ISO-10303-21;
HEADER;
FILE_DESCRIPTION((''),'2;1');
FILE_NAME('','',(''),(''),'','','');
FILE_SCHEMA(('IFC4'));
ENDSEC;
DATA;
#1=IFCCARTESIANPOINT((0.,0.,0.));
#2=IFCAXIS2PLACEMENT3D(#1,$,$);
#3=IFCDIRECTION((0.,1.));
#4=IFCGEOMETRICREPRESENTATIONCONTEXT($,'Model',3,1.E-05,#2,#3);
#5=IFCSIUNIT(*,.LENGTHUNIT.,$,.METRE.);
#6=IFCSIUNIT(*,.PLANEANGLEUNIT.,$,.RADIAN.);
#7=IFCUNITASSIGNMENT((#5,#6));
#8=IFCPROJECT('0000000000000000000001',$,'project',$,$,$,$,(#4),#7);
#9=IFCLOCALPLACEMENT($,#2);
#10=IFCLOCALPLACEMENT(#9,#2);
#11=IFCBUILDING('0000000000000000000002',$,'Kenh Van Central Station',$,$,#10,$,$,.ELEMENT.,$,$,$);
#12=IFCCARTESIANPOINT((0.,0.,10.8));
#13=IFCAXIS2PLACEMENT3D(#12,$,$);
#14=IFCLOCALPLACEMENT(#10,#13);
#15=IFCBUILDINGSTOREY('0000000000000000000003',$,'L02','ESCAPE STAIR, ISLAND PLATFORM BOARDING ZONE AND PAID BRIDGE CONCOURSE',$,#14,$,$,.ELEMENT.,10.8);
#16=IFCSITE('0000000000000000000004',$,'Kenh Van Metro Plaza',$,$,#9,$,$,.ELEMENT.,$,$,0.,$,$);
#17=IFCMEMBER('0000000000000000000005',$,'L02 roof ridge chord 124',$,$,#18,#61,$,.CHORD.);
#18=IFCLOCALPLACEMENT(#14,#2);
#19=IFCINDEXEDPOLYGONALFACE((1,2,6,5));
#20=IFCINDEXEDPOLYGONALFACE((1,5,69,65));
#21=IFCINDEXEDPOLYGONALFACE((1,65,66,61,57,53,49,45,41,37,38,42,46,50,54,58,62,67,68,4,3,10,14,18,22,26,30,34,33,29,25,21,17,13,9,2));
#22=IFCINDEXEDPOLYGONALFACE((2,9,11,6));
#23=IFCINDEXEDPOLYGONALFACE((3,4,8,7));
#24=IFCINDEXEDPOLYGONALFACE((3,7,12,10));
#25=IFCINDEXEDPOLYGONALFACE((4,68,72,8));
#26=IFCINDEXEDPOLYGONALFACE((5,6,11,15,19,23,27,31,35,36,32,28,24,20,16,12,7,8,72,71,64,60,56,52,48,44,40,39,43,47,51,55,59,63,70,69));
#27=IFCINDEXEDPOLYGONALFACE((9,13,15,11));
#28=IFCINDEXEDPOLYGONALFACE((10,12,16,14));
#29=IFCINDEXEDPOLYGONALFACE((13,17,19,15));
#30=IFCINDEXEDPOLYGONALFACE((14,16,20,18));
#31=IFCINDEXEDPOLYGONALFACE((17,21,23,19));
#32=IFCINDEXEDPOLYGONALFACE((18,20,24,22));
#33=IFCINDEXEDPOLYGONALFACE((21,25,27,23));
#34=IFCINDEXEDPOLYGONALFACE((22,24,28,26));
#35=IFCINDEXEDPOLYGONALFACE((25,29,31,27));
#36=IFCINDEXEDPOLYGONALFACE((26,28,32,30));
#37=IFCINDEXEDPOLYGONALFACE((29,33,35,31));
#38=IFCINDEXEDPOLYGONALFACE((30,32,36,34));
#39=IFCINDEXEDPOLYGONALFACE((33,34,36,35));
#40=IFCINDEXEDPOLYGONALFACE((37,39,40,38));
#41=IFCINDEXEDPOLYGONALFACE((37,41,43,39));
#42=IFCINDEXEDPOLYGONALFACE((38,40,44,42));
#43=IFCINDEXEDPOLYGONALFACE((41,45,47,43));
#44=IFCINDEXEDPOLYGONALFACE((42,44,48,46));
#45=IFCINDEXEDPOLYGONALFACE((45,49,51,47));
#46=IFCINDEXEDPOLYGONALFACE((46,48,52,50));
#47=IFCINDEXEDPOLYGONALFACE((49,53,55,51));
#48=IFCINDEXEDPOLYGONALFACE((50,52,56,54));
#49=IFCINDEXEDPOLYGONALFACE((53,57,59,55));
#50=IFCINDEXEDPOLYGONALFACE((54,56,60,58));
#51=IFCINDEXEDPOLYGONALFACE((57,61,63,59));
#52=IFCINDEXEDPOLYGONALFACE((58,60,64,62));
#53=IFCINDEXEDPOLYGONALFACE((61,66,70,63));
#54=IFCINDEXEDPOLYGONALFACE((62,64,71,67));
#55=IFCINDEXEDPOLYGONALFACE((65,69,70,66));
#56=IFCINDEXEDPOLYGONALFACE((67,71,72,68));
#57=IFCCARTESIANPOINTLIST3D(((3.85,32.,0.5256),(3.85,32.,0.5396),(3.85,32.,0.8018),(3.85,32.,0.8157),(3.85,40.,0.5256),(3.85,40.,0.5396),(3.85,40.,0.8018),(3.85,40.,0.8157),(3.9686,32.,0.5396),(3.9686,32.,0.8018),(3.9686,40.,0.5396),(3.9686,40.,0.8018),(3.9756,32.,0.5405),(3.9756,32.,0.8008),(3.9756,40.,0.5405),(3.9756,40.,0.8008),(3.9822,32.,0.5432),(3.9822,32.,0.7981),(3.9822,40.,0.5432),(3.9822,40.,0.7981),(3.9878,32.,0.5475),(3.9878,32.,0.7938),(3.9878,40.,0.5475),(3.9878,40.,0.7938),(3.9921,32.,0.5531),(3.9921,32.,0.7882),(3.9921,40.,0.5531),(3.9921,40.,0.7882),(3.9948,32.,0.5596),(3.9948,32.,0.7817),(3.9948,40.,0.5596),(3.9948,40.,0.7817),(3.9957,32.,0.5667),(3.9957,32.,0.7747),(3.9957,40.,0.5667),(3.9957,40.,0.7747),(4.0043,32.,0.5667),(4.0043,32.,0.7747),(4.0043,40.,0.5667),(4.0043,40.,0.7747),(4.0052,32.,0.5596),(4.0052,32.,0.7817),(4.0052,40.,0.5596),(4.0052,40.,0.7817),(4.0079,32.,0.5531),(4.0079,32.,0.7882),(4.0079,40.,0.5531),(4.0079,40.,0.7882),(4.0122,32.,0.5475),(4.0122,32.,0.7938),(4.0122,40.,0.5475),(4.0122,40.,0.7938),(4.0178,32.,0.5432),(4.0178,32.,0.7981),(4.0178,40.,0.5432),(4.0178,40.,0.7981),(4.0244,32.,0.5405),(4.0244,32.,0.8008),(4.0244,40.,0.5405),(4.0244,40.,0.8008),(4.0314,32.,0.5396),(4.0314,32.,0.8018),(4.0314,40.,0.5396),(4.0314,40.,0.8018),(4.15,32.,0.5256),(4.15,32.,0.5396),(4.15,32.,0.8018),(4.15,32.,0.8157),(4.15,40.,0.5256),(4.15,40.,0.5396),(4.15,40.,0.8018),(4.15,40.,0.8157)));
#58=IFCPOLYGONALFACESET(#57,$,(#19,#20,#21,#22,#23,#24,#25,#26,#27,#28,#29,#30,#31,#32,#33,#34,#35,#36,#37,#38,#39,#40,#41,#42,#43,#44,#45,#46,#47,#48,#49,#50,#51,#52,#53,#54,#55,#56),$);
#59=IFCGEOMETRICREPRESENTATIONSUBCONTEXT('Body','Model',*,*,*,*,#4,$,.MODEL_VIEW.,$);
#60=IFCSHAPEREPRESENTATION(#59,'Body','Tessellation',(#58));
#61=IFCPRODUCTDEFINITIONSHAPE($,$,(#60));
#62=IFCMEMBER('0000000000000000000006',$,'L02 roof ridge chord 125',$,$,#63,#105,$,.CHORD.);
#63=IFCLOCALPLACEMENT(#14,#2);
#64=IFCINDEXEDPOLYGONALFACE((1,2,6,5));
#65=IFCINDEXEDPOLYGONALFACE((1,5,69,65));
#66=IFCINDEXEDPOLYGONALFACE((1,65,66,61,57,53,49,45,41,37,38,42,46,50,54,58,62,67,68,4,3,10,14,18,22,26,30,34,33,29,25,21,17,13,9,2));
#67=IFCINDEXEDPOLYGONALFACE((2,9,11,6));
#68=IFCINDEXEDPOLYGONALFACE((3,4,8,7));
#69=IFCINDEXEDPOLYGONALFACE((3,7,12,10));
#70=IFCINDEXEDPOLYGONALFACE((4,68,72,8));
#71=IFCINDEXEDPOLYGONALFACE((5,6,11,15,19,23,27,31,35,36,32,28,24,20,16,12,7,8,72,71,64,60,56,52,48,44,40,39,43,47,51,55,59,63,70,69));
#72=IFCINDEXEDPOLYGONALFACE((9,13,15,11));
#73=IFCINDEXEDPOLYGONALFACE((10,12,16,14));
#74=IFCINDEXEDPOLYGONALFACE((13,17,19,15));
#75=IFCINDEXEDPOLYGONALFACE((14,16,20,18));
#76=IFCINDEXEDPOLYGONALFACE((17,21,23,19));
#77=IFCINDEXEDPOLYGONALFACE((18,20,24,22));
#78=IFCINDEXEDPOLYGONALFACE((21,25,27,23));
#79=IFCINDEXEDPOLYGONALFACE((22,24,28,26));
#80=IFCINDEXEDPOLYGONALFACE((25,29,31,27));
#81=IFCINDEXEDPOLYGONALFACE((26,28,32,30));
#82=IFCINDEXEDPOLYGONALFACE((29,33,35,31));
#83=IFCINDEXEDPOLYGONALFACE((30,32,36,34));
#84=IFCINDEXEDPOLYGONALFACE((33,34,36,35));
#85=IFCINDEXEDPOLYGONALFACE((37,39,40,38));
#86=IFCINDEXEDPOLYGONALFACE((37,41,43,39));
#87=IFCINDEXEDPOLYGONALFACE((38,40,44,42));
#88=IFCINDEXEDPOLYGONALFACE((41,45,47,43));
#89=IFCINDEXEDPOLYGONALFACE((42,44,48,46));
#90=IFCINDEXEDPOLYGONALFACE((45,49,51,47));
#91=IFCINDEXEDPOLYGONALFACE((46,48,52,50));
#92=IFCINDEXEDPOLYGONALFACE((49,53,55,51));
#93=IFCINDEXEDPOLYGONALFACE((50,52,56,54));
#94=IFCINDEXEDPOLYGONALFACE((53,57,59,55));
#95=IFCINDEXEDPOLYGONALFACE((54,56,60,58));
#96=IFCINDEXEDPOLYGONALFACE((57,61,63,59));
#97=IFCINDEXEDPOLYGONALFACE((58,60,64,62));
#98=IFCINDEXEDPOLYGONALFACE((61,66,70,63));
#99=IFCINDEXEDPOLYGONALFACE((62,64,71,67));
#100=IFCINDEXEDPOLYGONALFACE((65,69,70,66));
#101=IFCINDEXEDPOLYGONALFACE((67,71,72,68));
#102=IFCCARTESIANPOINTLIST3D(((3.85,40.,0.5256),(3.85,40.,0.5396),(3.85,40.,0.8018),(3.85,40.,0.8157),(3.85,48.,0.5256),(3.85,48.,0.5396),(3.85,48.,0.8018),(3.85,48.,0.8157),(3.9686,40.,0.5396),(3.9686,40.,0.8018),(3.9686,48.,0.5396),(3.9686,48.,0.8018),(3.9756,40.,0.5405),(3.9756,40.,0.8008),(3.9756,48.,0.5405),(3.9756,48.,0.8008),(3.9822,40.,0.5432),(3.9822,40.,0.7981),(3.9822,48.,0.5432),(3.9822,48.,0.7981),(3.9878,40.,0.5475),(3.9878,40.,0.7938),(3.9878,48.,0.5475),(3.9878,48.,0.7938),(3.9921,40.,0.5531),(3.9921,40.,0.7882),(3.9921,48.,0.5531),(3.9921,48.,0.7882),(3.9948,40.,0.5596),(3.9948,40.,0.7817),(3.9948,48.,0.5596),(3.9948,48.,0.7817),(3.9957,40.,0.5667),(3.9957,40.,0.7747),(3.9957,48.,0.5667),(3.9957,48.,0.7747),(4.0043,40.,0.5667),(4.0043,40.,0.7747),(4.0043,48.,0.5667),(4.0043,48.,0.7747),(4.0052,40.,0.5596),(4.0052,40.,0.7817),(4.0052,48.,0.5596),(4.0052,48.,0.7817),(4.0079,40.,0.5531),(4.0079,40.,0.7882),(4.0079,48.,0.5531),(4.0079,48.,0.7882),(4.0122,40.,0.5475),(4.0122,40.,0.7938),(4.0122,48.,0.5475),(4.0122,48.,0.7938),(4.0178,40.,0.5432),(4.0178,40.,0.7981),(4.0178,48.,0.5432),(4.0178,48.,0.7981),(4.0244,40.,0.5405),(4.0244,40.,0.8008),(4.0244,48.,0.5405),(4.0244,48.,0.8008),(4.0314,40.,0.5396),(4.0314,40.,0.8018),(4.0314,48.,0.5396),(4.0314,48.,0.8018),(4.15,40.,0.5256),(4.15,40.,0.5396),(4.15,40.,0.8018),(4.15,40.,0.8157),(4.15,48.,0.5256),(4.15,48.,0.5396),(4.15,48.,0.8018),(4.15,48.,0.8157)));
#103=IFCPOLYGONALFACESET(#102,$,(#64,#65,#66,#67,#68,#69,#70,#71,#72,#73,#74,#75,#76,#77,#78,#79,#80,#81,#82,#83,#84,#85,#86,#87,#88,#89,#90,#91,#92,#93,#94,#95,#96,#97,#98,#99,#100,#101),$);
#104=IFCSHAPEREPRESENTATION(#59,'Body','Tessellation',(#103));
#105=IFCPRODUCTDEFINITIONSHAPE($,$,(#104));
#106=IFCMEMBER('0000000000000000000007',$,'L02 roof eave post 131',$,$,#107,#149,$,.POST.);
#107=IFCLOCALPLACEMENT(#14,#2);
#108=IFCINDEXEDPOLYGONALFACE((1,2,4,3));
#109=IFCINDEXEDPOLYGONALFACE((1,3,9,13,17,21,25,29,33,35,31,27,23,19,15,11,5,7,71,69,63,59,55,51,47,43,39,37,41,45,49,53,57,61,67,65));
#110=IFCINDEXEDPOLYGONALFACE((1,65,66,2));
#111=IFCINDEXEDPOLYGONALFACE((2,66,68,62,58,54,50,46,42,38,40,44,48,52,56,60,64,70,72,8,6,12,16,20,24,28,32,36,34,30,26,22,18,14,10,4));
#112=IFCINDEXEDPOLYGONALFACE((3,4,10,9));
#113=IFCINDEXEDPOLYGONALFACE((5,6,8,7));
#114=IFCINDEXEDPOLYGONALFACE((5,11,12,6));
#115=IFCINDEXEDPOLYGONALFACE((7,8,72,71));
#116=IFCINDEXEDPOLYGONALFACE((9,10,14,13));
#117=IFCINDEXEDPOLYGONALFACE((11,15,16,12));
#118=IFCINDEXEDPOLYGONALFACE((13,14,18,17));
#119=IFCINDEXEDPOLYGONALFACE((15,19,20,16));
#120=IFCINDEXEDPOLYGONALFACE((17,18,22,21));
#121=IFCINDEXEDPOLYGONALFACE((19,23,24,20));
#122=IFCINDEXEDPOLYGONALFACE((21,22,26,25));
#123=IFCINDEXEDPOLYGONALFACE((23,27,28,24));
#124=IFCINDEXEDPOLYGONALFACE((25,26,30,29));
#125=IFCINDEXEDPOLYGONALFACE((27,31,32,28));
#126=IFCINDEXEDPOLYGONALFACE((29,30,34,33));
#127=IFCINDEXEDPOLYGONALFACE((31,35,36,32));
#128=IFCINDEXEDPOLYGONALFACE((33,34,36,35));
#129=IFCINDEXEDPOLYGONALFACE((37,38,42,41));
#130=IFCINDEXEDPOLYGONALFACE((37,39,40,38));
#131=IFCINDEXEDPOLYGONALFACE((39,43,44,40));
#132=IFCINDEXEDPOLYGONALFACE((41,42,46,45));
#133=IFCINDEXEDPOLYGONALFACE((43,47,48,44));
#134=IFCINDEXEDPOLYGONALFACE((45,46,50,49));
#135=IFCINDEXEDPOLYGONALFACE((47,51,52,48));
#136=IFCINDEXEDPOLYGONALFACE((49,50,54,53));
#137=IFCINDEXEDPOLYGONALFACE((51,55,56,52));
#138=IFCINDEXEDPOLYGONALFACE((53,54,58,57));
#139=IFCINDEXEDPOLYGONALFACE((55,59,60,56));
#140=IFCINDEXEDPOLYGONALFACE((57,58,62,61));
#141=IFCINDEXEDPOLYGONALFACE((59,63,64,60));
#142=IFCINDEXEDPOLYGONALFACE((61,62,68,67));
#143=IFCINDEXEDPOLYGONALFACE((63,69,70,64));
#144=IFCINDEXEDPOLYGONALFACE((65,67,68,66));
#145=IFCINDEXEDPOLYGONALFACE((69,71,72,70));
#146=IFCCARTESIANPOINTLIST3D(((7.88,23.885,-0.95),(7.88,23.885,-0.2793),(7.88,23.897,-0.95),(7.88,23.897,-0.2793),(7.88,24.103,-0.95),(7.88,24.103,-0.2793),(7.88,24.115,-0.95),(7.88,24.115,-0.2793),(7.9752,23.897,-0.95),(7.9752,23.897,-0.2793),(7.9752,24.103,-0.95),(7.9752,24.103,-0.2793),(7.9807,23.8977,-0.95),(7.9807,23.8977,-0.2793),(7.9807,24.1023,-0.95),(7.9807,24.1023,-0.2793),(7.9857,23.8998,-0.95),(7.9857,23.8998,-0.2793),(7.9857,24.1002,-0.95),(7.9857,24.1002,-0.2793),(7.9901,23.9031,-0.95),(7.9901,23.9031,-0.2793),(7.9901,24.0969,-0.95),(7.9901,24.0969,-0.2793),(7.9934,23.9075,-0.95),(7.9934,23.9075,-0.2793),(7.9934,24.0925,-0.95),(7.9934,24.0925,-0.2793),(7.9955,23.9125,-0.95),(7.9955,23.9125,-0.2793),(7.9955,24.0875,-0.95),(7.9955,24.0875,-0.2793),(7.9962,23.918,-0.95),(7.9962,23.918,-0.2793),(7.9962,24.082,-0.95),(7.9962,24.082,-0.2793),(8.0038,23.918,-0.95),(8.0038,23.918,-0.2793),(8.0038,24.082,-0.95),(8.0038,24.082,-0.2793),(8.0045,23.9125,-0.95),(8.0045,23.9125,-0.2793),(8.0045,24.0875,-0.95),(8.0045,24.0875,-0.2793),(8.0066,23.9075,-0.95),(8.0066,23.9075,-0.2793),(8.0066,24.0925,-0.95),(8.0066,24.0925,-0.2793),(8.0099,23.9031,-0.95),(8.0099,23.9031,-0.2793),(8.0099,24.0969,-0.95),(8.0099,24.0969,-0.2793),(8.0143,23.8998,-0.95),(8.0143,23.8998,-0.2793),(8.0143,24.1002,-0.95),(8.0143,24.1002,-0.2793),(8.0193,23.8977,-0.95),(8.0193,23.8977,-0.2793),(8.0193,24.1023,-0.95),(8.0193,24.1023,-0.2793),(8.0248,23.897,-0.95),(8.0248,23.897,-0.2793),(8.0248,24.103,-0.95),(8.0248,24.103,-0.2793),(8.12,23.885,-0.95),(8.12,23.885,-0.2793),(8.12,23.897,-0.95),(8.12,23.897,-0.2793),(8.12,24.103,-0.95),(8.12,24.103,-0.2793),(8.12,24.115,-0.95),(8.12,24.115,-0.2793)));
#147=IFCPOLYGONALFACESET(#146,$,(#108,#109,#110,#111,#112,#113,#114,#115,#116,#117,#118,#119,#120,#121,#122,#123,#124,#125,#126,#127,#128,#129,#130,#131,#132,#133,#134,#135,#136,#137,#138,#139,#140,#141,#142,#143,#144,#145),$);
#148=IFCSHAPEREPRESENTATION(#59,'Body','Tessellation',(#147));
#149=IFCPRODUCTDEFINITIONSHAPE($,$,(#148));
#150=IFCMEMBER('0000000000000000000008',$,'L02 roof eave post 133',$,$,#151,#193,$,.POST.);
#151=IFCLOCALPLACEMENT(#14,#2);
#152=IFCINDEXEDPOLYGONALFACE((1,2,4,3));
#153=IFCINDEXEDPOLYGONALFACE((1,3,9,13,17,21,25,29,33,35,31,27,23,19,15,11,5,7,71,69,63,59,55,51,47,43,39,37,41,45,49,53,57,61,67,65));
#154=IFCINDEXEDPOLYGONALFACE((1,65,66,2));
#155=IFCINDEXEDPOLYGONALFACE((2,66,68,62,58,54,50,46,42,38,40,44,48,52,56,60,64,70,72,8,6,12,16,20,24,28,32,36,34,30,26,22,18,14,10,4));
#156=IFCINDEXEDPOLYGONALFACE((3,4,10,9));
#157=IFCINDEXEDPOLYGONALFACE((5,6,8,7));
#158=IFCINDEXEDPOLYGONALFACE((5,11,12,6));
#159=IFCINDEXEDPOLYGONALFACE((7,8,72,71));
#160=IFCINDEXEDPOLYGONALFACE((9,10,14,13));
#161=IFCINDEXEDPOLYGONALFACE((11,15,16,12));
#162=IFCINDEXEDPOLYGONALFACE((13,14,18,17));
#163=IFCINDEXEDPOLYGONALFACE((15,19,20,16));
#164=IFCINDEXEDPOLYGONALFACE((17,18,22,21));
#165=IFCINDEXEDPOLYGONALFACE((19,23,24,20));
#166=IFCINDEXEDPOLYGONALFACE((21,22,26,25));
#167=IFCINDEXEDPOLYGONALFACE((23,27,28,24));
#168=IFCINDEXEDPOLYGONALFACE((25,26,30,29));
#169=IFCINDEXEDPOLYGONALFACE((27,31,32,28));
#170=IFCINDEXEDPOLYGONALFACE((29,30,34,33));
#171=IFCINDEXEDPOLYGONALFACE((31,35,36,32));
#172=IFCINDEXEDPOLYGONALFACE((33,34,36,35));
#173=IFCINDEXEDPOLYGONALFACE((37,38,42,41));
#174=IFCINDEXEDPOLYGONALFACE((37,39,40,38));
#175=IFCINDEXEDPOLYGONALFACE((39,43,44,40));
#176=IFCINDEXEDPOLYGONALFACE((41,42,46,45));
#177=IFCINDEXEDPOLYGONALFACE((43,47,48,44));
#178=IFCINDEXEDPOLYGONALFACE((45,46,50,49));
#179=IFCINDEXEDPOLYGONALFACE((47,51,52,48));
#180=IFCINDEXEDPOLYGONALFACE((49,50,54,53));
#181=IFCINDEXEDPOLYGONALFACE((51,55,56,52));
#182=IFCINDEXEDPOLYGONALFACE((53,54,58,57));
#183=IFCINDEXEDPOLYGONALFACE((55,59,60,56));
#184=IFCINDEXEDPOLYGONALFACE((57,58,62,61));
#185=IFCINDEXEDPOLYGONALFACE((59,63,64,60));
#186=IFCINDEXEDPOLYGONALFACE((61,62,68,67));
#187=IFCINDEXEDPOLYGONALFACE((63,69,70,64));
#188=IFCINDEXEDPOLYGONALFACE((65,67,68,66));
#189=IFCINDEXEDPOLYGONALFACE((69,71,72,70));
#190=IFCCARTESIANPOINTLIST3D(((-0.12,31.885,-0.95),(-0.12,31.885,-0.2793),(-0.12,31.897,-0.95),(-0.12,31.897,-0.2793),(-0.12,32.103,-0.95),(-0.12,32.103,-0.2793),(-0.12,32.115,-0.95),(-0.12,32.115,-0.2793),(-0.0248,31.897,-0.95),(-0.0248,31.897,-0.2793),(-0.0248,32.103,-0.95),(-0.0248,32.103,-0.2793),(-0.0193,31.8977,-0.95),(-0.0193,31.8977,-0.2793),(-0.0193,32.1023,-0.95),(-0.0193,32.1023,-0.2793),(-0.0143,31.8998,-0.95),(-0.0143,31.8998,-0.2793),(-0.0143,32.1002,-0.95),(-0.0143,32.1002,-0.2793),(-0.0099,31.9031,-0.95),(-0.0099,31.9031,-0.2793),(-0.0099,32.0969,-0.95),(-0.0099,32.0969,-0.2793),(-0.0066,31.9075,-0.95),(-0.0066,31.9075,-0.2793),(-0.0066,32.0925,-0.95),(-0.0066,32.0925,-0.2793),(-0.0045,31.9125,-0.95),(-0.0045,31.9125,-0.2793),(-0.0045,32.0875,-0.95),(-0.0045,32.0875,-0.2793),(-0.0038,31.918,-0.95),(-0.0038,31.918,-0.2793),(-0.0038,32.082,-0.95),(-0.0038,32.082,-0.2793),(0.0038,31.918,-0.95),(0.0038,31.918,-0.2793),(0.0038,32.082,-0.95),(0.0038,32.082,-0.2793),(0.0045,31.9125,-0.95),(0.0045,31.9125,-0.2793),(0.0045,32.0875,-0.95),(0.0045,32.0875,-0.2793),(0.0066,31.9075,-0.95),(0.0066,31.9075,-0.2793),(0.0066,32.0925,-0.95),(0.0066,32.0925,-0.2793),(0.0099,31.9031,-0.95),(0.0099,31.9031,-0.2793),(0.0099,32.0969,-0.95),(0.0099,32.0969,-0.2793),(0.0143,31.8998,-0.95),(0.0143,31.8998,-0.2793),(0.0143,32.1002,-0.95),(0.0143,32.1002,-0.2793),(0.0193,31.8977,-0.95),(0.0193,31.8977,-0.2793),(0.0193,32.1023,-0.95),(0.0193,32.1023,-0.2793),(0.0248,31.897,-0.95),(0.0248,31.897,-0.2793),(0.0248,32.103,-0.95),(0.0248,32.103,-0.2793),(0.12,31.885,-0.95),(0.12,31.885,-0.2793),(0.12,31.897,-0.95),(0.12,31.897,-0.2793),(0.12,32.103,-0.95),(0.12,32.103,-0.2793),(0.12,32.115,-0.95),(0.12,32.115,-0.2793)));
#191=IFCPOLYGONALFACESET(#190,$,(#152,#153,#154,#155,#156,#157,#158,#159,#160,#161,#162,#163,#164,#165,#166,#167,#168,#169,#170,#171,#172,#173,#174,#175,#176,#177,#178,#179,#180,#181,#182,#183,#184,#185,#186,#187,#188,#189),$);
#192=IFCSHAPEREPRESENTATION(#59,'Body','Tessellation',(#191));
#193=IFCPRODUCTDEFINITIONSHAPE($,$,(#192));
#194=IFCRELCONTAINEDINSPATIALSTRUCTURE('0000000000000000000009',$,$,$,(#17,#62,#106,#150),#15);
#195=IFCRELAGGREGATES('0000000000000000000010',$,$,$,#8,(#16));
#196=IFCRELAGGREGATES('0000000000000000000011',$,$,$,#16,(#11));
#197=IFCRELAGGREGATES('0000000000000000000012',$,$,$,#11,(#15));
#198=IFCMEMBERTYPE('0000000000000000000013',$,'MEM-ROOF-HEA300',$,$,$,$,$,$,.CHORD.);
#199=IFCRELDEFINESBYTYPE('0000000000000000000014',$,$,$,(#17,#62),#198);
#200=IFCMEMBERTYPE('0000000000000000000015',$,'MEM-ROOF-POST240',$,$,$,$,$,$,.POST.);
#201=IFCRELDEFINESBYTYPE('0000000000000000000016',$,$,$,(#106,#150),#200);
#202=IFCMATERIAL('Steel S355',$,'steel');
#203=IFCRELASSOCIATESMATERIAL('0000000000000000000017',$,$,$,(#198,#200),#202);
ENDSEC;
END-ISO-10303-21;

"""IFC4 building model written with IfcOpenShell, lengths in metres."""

from ifc_helpers import new_model, si_unit, direction, frame, origin, origin_2d, place, context, subcontext, project, spatial, i_section, extrude, material, material_profile, profile_set, type_object, element, save


model = new_model("IFC4")

# Units and contexts
model_context = context("Model", 3, precision=1e-05, world=origin(), true_north=direction((0.0, 1.0)))
body_context = subcontext(model_context, "Body", "Model", "MODEL_VIEW")
ifc_project = project(units=[si_unit("LENGTHUNIT", "METRE"), si_unit("PLANEANGLEUNIT", "RADIAN")], contexts=[model_context])

# Site, building, storey
site_placement = place(None, origin())
site = spatial("IfcSite", under=ifc_project, at=site_placement, Name="Kenh Van Metro Plaza", CompositionType="ELEMENT", RefElevation=0.0)
building_placement = place(site_placement, origin())
building = spatial("IfcBuilding", under=site, at=building_placement, Name="Kenh Van Central Station", CompositionType="ELEMENT")
storey_placement = place(building_placement, frame((0.0, 0.0, 10.8)))
storey = spatial("IfcBuildingStorey", under=building, at=storey_placement, Name="L02", Description="ESCAPE STAIR, ISLAND PLATFORM BOARDING ZONE AND PAID BRIDGE CONCOURSE", CompositionType="ELEMENT", Elevation=10.8)

# Shared definitions
ifc_material_1 = material(Name="Steel S355", Category="steel")

# Members
ifc_material_profile_1 = material_profile(ifc_material_1, i_section(OverallWidth=0.3, OverallDepth=0.29, WebThickness=0.0085, FlangeThickness=0.0139, FilletRadius=0.0271, at=origin_2d()), Name="HEA 300")
ifc_profile_set_1 = profile_set([ifc_material_profile_1], Name="Steel S355")
member_type_1 = type_object("IfcMemberType", Name="MEM-ROOF-HEA300", PredefinedType="CHORD", material=ifc_profile_set_1)
for number, where, z_axis, x_axis, name in (
    (1, (4.0, 32.0, 0.6707), (0.0, 1.0, 0.0), (-1.0, 0.0, 0.0), "L02 roof ridge chord 124"),
    (2, (4.0, 40.0, 0.6707), (0.0, 1.0, 0.0), (-1.0, 0.0, 0.0), "L02 roof ridge chord 125"),
):
    element("IfcMember", number, at=place(storey_placement, frame(where, z_axis=z_axis, x_axis=x_axis)), inside=storey, type_object=member_type_1, Name=name, PredefinedType="CHORD", context=body_context, shape_type="SweptSolid", body=[
        extrude(i_section(OverallWidth=0.3, OverallDepth=0.29, WebThickness=0.0085, FlangeThickness=0.0139, FilletRadius=0.0271, at=origin_2d()), origin(), (0.0, 0.0, 1.0), 8.0),
    ])
ifc_material_profile_2 = material_profile(ifc_material_1, i_section(OverallWidth=0.24, OverallDepth=0.23, WebThickness=0.0076, FlangeThickness=0.012, FilletRadius=0.021, at=origin_2d()), Name="HEA 240")
ifc_profile_set_2 = profile_set([ifc_material_profile_2], Name="Steel S355")
member_type_2 = type_object("IfcMemberType", Name="MEM-ROOF-POST240", PredefinedType="POST", material=ifc_profile_set_2)
for number, where, z_axis, x_axis, name in (
    (3, (8.0, 24.0, -0.95), (0.0, 0.0, 1.0), (1.0, 0.0, 0.0), "L02 roof eave post 131"),
    (4, (0.0, 32.0, -0.95), (0.0, 0.0, 1.0), (1.0, 0.0, 0.0), "L02 roof eave post 133"),
):
    element("IfcMember", number, at=place(storey_placement, frame(where, z_axis=z_axis, x_axis=x_axis)), inside=storey, type_object=member_type_2, Name=name, PredefinedType="POST", context=body_context, shape_type="SweptSolid", body=[
        extrude(i_section(OverallWidth=0.24, OverallDepth=0.23, WebThickness=0.0076, FlangeThickness=0.012, FilletRadius=0.021, at=origin_2d()), origin(), (0.0, 0.0, 1.0), 0.6707),
    ])

save(model, "model.ifc")
